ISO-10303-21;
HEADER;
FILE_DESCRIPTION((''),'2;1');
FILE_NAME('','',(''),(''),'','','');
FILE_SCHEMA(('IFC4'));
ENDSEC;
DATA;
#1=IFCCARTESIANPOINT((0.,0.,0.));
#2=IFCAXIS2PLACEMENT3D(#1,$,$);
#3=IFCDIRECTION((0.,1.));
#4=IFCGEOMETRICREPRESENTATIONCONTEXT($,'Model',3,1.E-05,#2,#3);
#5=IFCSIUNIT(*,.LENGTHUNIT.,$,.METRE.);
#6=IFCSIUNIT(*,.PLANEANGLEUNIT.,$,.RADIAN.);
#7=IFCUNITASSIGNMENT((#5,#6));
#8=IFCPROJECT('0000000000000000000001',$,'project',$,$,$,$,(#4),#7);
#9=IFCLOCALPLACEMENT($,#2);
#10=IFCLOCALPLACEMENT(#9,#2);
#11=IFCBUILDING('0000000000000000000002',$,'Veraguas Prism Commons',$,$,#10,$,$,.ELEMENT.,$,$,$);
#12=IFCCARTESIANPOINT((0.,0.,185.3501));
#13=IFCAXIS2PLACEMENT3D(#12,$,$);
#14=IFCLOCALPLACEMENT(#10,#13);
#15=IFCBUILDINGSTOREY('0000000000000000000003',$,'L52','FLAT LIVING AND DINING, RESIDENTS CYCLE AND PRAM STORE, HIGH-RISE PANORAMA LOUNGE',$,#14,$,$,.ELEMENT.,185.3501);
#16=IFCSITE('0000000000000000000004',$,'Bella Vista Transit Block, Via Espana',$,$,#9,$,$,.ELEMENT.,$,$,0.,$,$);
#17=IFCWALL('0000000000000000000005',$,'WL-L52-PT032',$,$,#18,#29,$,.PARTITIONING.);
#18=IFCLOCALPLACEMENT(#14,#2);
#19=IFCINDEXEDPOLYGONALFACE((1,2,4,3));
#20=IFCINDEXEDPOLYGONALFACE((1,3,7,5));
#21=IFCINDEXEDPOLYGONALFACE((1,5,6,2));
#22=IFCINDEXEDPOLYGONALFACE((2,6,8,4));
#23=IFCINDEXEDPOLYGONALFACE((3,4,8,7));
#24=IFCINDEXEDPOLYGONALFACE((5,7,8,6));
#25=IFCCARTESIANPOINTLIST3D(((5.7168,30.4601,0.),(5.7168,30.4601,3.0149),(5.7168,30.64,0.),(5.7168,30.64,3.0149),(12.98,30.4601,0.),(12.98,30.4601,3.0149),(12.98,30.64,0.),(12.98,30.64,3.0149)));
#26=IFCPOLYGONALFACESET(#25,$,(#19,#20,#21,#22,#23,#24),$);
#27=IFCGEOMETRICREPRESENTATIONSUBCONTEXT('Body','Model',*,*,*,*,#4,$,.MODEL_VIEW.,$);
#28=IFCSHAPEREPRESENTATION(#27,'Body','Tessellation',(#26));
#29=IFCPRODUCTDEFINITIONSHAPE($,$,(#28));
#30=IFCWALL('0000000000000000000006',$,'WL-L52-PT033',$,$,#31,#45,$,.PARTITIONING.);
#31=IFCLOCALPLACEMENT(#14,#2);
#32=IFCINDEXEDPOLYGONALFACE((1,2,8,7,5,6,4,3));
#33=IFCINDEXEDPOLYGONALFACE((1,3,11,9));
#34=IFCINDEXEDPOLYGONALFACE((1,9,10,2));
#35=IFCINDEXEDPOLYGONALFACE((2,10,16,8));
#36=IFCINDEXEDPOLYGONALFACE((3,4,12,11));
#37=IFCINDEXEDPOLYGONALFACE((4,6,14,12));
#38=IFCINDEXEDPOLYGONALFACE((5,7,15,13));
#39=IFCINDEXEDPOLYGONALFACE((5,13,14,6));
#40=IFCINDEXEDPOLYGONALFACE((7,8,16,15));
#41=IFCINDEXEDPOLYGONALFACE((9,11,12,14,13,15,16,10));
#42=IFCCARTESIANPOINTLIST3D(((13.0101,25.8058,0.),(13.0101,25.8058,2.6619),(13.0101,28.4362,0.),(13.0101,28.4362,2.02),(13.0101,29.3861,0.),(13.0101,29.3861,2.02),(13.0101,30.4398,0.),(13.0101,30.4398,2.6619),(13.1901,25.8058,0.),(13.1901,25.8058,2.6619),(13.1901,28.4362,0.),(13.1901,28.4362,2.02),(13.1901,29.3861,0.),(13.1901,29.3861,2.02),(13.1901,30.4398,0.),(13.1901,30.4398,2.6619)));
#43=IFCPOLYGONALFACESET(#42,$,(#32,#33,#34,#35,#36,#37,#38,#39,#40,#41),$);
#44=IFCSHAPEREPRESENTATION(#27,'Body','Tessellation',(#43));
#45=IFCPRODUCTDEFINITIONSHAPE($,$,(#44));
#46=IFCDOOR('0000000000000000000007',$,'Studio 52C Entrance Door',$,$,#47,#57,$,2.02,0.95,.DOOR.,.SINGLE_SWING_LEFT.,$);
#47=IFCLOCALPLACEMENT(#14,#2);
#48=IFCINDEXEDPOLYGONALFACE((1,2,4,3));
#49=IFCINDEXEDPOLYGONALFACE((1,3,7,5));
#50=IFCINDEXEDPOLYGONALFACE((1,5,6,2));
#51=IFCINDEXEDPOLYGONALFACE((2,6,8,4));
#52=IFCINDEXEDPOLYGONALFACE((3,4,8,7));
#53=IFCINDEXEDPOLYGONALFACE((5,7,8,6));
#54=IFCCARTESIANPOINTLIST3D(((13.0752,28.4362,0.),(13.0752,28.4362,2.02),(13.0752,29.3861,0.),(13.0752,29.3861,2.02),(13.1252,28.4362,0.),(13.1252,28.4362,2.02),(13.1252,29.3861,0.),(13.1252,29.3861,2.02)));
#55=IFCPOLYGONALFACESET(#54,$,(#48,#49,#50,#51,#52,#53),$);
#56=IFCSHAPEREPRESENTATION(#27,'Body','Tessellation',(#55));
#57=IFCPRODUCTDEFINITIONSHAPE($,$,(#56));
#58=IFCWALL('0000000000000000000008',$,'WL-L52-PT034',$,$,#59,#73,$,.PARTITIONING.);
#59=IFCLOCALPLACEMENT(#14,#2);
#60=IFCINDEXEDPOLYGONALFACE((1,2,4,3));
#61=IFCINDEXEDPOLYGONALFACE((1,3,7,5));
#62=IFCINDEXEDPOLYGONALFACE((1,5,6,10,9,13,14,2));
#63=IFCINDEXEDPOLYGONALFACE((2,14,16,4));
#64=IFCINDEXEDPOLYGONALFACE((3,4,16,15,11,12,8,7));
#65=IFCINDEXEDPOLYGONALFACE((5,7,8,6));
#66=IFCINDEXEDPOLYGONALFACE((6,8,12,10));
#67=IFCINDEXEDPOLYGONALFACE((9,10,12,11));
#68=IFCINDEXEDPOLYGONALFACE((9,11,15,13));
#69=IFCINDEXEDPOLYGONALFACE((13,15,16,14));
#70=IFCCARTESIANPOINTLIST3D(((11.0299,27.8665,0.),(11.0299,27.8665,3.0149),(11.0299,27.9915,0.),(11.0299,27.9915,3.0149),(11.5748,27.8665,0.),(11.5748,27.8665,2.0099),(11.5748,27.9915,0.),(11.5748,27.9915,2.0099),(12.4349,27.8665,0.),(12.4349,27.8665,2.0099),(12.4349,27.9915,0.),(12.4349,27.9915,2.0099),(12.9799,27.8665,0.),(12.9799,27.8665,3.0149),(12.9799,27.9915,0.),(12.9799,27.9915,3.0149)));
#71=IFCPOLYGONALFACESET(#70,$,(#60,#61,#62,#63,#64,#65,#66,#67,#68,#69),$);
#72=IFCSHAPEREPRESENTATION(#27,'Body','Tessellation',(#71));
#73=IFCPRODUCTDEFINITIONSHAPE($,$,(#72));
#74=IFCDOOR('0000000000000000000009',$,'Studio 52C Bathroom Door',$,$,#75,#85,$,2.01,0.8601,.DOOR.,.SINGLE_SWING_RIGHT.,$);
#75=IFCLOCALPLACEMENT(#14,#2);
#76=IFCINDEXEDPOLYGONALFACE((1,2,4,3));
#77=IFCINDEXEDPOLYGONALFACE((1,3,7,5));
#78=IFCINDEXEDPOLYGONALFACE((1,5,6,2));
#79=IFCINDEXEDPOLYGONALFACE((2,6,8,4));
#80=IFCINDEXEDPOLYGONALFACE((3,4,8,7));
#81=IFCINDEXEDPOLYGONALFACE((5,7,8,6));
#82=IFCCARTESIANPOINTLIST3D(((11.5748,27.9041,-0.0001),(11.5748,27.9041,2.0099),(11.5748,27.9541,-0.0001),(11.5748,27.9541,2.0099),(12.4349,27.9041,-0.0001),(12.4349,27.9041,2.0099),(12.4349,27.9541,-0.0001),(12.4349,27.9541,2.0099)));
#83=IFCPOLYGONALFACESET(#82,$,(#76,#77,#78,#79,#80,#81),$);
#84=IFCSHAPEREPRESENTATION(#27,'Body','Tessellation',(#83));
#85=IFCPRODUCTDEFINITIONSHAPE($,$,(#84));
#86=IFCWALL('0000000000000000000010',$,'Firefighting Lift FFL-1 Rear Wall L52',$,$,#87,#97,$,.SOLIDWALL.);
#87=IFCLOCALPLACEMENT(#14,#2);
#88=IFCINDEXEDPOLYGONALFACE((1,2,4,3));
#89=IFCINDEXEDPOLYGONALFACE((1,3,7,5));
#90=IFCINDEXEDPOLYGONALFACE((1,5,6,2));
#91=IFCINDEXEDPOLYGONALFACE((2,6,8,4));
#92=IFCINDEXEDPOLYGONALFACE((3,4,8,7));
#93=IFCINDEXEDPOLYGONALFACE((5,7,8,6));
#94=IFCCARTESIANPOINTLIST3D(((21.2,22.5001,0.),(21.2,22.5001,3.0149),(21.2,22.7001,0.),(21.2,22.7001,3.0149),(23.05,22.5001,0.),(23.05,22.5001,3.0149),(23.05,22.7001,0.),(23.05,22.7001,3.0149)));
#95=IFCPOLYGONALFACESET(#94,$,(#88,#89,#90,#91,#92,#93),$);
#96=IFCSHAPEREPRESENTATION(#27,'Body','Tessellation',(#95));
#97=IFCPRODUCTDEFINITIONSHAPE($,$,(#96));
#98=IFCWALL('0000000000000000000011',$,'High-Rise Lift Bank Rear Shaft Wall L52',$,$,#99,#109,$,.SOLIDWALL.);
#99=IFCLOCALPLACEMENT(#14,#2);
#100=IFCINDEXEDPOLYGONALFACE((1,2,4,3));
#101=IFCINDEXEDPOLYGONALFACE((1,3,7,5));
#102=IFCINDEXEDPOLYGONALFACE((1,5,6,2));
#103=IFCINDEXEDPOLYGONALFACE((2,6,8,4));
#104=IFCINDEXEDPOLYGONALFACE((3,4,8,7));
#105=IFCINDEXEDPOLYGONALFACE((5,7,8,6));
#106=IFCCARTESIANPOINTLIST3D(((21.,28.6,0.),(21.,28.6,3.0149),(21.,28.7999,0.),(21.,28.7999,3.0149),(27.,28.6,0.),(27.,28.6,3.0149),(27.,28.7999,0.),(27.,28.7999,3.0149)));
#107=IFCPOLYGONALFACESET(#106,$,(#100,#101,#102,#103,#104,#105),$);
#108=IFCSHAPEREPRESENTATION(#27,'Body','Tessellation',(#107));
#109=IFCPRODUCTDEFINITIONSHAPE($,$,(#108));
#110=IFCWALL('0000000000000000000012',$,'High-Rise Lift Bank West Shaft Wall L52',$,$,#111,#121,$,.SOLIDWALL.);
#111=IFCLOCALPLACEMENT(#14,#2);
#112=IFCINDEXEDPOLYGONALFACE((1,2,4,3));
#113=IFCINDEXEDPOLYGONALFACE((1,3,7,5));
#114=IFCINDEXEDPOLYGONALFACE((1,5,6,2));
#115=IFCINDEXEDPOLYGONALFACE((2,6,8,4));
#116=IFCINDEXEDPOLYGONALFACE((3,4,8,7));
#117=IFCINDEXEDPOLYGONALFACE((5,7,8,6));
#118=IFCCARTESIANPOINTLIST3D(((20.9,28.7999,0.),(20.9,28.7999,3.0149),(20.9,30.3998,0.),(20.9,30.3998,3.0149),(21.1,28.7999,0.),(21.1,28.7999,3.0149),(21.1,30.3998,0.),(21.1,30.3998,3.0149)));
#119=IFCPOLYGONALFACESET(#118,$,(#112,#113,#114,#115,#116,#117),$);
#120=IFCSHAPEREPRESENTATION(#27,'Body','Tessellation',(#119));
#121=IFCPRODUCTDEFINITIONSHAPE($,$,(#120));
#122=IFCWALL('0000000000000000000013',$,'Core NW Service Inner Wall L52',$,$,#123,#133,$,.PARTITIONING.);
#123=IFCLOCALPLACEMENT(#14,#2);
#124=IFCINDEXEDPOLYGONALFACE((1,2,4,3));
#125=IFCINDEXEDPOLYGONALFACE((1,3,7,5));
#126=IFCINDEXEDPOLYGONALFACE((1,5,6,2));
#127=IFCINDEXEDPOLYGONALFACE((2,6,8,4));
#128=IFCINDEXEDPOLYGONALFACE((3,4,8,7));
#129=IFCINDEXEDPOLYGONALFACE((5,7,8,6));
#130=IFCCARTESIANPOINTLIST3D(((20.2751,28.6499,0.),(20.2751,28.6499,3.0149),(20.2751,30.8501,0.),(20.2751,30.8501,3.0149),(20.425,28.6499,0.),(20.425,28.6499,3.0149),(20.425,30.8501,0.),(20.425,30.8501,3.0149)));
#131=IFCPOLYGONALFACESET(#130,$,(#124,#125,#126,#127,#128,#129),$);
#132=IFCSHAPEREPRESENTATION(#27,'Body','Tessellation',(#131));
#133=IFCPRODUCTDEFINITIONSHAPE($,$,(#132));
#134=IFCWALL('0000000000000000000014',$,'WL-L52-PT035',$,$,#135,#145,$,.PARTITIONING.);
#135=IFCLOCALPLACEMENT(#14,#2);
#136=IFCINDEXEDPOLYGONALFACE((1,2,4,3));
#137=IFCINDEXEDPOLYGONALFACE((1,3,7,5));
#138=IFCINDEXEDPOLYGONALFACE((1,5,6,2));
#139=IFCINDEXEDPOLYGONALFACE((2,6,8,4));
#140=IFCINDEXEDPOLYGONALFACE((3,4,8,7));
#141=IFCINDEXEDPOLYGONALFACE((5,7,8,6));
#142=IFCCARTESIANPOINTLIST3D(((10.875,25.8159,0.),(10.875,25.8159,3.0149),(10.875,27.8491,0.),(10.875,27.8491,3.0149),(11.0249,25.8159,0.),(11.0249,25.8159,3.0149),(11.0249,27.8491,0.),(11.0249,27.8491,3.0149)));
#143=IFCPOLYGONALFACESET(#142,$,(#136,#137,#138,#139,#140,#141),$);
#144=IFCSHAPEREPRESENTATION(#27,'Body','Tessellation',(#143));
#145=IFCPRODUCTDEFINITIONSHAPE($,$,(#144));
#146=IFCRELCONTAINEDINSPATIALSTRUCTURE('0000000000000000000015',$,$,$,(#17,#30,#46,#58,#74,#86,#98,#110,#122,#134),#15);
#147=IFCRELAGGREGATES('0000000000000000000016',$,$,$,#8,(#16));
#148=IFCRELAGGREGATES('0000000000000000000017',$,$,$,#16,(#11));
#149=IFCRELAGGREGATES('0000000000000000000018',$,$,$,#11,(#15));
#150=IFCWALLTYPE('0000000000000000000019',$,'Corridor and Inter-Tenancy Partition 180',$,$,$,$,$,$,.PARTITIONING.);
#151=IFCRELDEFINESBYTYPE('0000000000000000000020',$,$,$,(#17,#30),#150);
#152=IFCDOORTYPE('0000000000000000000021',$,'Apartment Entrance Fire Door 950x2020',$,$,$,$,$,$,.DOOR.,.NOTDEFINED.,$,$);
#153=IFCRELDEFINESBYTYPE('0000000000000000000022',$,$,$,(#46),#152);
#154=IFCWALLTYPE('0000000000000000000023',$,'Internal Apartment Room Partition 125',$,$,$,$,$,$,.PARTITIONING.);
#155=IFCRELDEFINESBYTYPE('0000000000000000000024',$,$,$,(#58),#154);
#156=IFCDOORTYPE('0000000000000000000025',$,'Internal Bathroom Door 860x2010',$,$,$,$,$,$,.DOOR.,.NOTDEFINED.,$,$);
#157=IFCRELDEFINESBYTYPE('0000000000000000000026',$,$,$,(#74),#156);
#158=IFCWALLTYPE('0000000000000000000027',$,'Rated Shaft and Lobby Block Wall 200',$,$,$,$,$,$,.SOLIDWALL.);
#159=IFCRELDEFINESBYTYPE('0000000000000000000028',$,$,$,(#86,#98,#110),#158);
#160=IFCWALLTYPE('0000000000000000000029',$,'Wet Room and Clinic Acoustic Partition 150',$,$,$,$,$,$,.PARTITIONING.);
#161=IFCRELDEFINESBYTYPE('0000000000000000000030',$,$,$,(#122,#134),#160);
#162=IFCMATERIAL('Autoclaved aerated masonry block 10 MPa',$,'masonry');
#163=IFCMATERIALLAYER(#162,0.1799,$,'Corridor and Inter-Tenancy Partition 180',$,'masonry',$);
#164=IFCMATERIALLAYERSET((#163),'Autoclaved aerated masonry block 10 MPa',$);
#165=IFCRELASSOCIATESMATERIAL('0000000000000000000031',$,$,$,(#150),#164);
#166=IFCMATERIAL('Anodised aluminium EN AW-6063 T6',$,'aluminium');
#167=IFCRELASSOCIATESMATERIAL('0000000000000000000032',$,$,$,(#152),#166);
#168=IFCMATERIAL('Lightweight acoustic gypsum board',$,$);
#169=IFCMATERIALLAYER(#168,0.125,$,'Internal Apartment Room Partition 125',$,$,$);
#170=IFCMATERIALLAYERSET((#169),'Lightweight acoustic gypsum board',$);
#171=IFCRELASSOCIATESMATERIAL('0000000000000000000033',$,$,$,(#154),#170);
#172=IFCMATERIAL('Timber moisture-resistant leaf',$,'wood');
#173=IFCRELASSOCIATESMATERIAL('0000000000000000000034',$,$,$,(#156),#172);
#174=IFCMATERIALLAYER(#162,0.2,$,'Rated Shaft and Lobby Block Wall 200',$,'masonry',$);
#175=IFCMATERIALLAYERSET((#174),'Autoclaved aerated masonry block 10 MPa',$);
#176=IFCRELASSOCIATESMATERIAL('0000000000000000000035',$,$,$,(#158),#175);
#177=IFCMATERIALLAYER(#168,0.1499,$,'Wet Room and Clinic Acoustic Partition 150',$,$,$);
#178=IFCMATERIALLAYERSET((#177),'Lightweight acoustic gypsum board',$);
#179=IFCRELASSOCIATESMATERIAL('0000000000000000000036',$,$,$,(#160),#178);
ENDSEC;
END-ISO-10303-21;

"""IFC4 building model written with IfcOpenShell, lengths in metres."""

from ifc_helpers import new_model, si_unit, direction, frame, frame_2d, origin, place, context, subcontext, project, spatial, rectangle, extrude, source, transform, mapped, material, layer, layer_set, type_object, element, fill, save


model = new_model("IFC4")

# Units and contexts
model_context = context("Model", 3, precision=1e-05, world=origin(), true_north=direction((0.0, 1.0)))
body_context = subcontext(model_context, "Body", "Model", "MODEL_VIEW")
ifc_project = project(units=[si_unit("LENGTHUNIT", "METRE"), si_unit("PLANEANGLEUNIT", "RADIAN")], contexts=[model_context])

# Site, building, storey
site_placement = place(None, origin())
site = spatial("IfcSite", under=ifc_project, at=site_placement, Name="Bella Vista Transit Block, Via Espana", CompositionType="ELEMENT", RefElevation=0.0)
building_placement = place(site_placement, origin())
building = spatial("IfcBuilding", under=site, at=building_placement, Name="Veraguas Prism Commons", CompositionType="ELEMENT")
storey_placement = place(building_placement, frame((0.0, 0.0, 185.3501)))
storey = spatial("IfcBuildingStorey", under=building, at=storey_placement, Name="L52", Description="FLAT LIVING AND DINING, RESIDENTS CYCLE AND PRAM STORE, HIGH-RISE PANORAMA LOUNGE", CompositionType="ELEMENT", Elevation=185.3501)

# Shared definitions
ifc_material_1 = material(Name="Anodised aluminium EN AW-6063 T6", Category="aluminium")

# Shared definitions
ifc_material_2 = material(Name="Autoclaved aerated masonry block 10 MPa", Category="masonry")
ifc_layer_1 = layer(ifc_material_2, 0.1799, Name="Corridor and Inter-Tenancy Partition 180", Category="masonry")
ifc_layer_set_1 = layer_set([ifc_layer_1], Name="Autoclaved aerated masonry block 10 MPa")
wall_type_1 = type_object("IfcWallType", Name="Corridor and Inter-Tenancy Partition 180", PredefinedType="PARTITIONING", material=ifc_layer_set_1)

# Wall
wall_1_placement = place(storey_placement, frame((12.98, 30.55, 0.0), z_axis=(0.0, 0.0, 1.0), x_axis=(-1.0, 0.0, 0.0)))
element("IfcWall", 1, at=wall_1_placement, inside=storey, type_object=wall_type_1, Name="WL-L52-PT032", PredefinedType="PARTITIONING", context=body_context, shape_type="SweptSolid", body=[
    extrude(rectangle(XDim=7.2632, YDim=0.1799, at=frame_2d((3.6316, 0.0))), origin(), (0.0, 0.0, 1.0), 3.0149),
])

# Walls, openings, doors
wall_2_placement = place(storey_placement, frame((13.1001, 25.8059, 0.0), z_axis=(0.0, 0.0, 1.0), x_axis=(0.0, 1.0, 0.0)))
wall_2 = element("IfcWall", 2, at=wall_2_placement, inside=storey, type_object=wall_type_1, Name="WL-L52-PT033", PredefinedType="PARTITIONING", context=body_context, shape_type="SweptSolid", body=[
    extrude(rectangle(XDim=4.634, YDim=0.1799, at=frame_2d((2.3169, 0.0))), origin(), (0.0, 0.0, 1.0), 2.6619),
])
opening_1_placement = place(wall_2_placement, frame((2.6301, 0.0, 0.0)))
opening_1 = element("IfcOpeningElement", 3, at=opening_1_placement, cuts=wall_2, PredefinedType="OPENING", context=body_context, shape_type="SweptSolid", body=[
    extrude(rectangle(XDim=0.95, YDim=2.02, at=frame_2d((0.4751, 1.01))), frame((0.0, 0.0999, 0.0), z_axis=(0.0, -1.0, 0.0), x_axis=(1.0, 0.0, 0.0)), (0.0, 0.0, 1.0), 0.2),
])
door_type_1 = type_object("IfcDoorType", Name="Apartment Entrance Fire Door 950x2020", OperationType="NOTDEFINED", PredefinedType="DOOR", material=ifc_material_1)
shared_shape_1 = source(origin(), body_context, "Body", "SweptSolid", [
    extrude(rectangle(XDim=0.95, YDim=2.02, at=frame_2d((0.4751, 1.01))), frame((0.0, 0.0249, 0.0), z_axis=(0.0, -1.0, 0.0), x_axis=(1.0, 0.0, 0.0)), (0.0, 0.0, 1.0), 0.05),
])
door_1_placement = place(opening_1_placement, origin())
door_1 = element("IfcDoor", 4, at=door_1_placement, inside=storey, type_object=door_type_1, Name="Studio 52C Entrance Door", OperationType="SINGLE_SWING_LEFT", OverallHeight=2.02, OverallWidth=0.95, PredefinedType="DOOR", context=body_context, shape_type="MappedRepresentation", body=[
    mapped(shared_shape_1, transform((0.0, 0.0, 0.0), scale=1.0)),
])
fill(opening_1, door_1)
ifc_material_3 = material(Name="Lightweight acoustic gypsum board")
ifc_layer_2 = layer(ifc_material_3, 0.125, Name="Internal Apartment Room Partition 125")
ifc_layer_set_2 = layer_set([ifc_layer_2], Name="Lightweight acoustic gypsum board")
wall_type_2 = type_object("IfcWallType", Name="Internal Apartment Room Partition 125", PredefinedType="PARTITIONING", material=ifc_layer_set_2)
wall_3_placement = place(storey_placement, frame((12.98, 27.929, 0.0), z_axis=(0.0, 0.0, 1.0), x_axis=(-1.0, 0.0, 0.0)))
wall_3 = element("IfcWall", 5, at=wall_3_placement, inside=storey, type_object=wall_type_2, Name="WL-L52-PT034", PredefinedType="PARTITIONING", context=body_context, shape_type="SweptSolid", body=[
    extrude(rectangle(XDim=1.95, YDim=0.125, at=frame_2d((0.9751, 0.0))), origin(), (0.0, 0.0, 1.0), 3.0149),
])
opening_2_placement = place(wall_3_placement, frame((0.5449, 0.0, 0.0)))
opening_2 = element("IfcOpeningElement", 6, at=opening_2_placement, cuts=wall_3, PredefinedType="OPENING", context=body_context, shape_type="SweptSolid", body=[
    extrude(rectangle(XDim=0.8601, YDim=2.01, at=frame_2d((0.4302, 1.0049))), frame((0.0, 0.0725, 0.0), z_axis=(0.0, -1.0, 0.0), x_axis=(1.0, 0.0, 0.0)), (0.0, 0.0, 1.0), 0.145),
])
ifc_material_4 = material(Name="Timber moisture-resistant leaf", Category="wood")
door_type_2 = type_object("IfcDoorType", Name="Internal Bathroom Door 860x2010", OperationType="NOTDEFINED", PredefinedType="DOOR", material=ifc_material_4)
shared_shape_2 = source(origin(), body_context, "Body", "SweptSolid", [
    extrude(rectangle(XDim=0.8601, YDim=2.01, at=frame_2d((0.4302, 1.0049))), frame((0.0, 0.0249, 0.0), z_axis=(0.0, -1.0, 0.0), x_axis=(1.0, 0.0, 0.0)), (0.0, 0.0, 1.0), 0.05),
])
door_2_placement = place(opening_2_placement, origin())
door_2 = element("IfcDoor", 7, at=door_2_placement, inside=storey, type_object=door_type_2, Name="Studio 52C Bathroom Door", OperationType="SINGLE_SWING_RIGHT", OverallHeight=2.01, OverallWidth=0.8601, PredefinedType="DOOR", context=body_context, shape_type="MappedRepresentation", body=[
    mapped(shared_shape_2, transform((0.0, 0.0, 0.0), scale=1.0)),
])
fill(opening_2, door_2)

# Walls
ifc_layer_3 = layer(ifc_material_2, 0.2, Name="Rated Shaft and Lobby Block Wall 200", Category="masonry")
ifc_layer_set_3 = layer_set([ifc_layer_3], Name="Autoclaved aerated masonry block 10 MPa")
wall_type_3 = type_object("IfcWallType", Name="Rated Shaft and Lobby Block Wall 200", PredefinedType="SOLIDWALL", material=ifc_layer_set_3)
wall_4_placement = place(storey_placement, frame((21.2, 22.6001, 0.0), z_axis=(0.0, 0.0, 1.0), x_axis=(1.0, 0.0, 0.0)))
element("IfcWall", 8, at=wall_4_placement, inside=storey, type_object=wall_type_3, Name="Firefighting Lift FFL-1 Rear Wall L52", PredefinedType="SOLIDWALL", context=body_context, shape_type="SweptSolid", body=[
    extrude(rectangle(XDim=1.8501, YDim=0.2, at=frame_2d((0.925, 0.0))), origin(), (0.0, 0.0, 1.0), 3.0149),
])
wall_5_placement = place(storey_placement, frame((21.0, 28.7, 0.0), z_axis=(0.0, 0.0, 1.0), x_axis=(1.0, 0.0, 0.0)))
element("IfcWall", 9, at=wall_5_placement, inside=storey, type_object=wall_type_3, Name="High-Rise Lift Bank Rear Shaft Wall L52", PredefinedType="SOLIDWALL", context=body_context, shape_type="SweptSolid", body=[
    extrude(rectangle(XDim=6.0, YDim=0.2, at=frame_2d((3.0, 0.0))), origin(), (0.0, 0.0, 1.0), 3.0149),
])
wall_6_placement = place(storey_placement, frame((21.0, 28.8, 0.0), z_axis=(0.0, 0.0, 1.0), x_axis=(0.0, 1.0, 0.0)))
element("IfcWall", 10, at=wall_6_placement, inside=storey, type_object=wall_type_3, Name="High-Rise Lift Bank West Shaft Wall L52", PredefinedType="SOLIDWALL", context=body_context, shape_type="SweptSolid", body=[
    extrude(rectangle(XDim=1.5999, YDim=0.2, at=frame_2d((0.7998, 0.0))), origin(), (0.0, 0.0, 1.0), 3.0149),
])
ifc_layer_4 = layer(ifc_material_3, 0.1499, Name="Wet Room and Clinic Acoustic Partition 150")
ifc_layer_set_4 = layer_set([ifc_layer_4], Name="Lightweight acoustic gypsum board")
wall_type_4 = type_object("IfcWallType", Name="Wet Room and Clinic Acoustic Partition 150", PredefinedType="PARTITIONING", material=ifc_layer_set_4)
wall_7_placement = place(storey_placement, frame((20.3501, 28.6499, 0.0), z_axis=(0.0, 0.0, 1.0), x_axis=(0.0, 1.0, 0.0)))
element("IfcWall", 11, at=wall_7_placement, inside=storey, type_object=wall_type_4, Name="Core NW Service Inner Wall L52", PredefinedType="PARTITIONING", context=body_context, shape_type="SweptSolid", body=[
    extrude(rectangle(XDim=2.2002, YDim=0.1499, at=frame_2d((1.1001, 0.0))), origin(), (0.0, 0.0, 1.0), 3.0149),
])
wall_8_placement = place(storey_placement, frame((10.95, 25.8159, 0.0), z_axis=(0.0, 0.0, 1.0), x_axis=(0.0, 1.0, 0.0)))
element("IfcWall", 12, at=wall_8_placement, inside=storey, type_object=wall_type_4, Name="WL-L52-PT035", PredefinedType="PARTITIONING", context=body_context, shape_type="SweptSolid", body=[
    extrude(rectangle(XDim=2.0332, YDim=0.1499, at=frame_2d((1.0166, 0.0))), origin(), (0.0, 0.0, 1.0), 3.0149),
])

save(model, "model.ifc")
